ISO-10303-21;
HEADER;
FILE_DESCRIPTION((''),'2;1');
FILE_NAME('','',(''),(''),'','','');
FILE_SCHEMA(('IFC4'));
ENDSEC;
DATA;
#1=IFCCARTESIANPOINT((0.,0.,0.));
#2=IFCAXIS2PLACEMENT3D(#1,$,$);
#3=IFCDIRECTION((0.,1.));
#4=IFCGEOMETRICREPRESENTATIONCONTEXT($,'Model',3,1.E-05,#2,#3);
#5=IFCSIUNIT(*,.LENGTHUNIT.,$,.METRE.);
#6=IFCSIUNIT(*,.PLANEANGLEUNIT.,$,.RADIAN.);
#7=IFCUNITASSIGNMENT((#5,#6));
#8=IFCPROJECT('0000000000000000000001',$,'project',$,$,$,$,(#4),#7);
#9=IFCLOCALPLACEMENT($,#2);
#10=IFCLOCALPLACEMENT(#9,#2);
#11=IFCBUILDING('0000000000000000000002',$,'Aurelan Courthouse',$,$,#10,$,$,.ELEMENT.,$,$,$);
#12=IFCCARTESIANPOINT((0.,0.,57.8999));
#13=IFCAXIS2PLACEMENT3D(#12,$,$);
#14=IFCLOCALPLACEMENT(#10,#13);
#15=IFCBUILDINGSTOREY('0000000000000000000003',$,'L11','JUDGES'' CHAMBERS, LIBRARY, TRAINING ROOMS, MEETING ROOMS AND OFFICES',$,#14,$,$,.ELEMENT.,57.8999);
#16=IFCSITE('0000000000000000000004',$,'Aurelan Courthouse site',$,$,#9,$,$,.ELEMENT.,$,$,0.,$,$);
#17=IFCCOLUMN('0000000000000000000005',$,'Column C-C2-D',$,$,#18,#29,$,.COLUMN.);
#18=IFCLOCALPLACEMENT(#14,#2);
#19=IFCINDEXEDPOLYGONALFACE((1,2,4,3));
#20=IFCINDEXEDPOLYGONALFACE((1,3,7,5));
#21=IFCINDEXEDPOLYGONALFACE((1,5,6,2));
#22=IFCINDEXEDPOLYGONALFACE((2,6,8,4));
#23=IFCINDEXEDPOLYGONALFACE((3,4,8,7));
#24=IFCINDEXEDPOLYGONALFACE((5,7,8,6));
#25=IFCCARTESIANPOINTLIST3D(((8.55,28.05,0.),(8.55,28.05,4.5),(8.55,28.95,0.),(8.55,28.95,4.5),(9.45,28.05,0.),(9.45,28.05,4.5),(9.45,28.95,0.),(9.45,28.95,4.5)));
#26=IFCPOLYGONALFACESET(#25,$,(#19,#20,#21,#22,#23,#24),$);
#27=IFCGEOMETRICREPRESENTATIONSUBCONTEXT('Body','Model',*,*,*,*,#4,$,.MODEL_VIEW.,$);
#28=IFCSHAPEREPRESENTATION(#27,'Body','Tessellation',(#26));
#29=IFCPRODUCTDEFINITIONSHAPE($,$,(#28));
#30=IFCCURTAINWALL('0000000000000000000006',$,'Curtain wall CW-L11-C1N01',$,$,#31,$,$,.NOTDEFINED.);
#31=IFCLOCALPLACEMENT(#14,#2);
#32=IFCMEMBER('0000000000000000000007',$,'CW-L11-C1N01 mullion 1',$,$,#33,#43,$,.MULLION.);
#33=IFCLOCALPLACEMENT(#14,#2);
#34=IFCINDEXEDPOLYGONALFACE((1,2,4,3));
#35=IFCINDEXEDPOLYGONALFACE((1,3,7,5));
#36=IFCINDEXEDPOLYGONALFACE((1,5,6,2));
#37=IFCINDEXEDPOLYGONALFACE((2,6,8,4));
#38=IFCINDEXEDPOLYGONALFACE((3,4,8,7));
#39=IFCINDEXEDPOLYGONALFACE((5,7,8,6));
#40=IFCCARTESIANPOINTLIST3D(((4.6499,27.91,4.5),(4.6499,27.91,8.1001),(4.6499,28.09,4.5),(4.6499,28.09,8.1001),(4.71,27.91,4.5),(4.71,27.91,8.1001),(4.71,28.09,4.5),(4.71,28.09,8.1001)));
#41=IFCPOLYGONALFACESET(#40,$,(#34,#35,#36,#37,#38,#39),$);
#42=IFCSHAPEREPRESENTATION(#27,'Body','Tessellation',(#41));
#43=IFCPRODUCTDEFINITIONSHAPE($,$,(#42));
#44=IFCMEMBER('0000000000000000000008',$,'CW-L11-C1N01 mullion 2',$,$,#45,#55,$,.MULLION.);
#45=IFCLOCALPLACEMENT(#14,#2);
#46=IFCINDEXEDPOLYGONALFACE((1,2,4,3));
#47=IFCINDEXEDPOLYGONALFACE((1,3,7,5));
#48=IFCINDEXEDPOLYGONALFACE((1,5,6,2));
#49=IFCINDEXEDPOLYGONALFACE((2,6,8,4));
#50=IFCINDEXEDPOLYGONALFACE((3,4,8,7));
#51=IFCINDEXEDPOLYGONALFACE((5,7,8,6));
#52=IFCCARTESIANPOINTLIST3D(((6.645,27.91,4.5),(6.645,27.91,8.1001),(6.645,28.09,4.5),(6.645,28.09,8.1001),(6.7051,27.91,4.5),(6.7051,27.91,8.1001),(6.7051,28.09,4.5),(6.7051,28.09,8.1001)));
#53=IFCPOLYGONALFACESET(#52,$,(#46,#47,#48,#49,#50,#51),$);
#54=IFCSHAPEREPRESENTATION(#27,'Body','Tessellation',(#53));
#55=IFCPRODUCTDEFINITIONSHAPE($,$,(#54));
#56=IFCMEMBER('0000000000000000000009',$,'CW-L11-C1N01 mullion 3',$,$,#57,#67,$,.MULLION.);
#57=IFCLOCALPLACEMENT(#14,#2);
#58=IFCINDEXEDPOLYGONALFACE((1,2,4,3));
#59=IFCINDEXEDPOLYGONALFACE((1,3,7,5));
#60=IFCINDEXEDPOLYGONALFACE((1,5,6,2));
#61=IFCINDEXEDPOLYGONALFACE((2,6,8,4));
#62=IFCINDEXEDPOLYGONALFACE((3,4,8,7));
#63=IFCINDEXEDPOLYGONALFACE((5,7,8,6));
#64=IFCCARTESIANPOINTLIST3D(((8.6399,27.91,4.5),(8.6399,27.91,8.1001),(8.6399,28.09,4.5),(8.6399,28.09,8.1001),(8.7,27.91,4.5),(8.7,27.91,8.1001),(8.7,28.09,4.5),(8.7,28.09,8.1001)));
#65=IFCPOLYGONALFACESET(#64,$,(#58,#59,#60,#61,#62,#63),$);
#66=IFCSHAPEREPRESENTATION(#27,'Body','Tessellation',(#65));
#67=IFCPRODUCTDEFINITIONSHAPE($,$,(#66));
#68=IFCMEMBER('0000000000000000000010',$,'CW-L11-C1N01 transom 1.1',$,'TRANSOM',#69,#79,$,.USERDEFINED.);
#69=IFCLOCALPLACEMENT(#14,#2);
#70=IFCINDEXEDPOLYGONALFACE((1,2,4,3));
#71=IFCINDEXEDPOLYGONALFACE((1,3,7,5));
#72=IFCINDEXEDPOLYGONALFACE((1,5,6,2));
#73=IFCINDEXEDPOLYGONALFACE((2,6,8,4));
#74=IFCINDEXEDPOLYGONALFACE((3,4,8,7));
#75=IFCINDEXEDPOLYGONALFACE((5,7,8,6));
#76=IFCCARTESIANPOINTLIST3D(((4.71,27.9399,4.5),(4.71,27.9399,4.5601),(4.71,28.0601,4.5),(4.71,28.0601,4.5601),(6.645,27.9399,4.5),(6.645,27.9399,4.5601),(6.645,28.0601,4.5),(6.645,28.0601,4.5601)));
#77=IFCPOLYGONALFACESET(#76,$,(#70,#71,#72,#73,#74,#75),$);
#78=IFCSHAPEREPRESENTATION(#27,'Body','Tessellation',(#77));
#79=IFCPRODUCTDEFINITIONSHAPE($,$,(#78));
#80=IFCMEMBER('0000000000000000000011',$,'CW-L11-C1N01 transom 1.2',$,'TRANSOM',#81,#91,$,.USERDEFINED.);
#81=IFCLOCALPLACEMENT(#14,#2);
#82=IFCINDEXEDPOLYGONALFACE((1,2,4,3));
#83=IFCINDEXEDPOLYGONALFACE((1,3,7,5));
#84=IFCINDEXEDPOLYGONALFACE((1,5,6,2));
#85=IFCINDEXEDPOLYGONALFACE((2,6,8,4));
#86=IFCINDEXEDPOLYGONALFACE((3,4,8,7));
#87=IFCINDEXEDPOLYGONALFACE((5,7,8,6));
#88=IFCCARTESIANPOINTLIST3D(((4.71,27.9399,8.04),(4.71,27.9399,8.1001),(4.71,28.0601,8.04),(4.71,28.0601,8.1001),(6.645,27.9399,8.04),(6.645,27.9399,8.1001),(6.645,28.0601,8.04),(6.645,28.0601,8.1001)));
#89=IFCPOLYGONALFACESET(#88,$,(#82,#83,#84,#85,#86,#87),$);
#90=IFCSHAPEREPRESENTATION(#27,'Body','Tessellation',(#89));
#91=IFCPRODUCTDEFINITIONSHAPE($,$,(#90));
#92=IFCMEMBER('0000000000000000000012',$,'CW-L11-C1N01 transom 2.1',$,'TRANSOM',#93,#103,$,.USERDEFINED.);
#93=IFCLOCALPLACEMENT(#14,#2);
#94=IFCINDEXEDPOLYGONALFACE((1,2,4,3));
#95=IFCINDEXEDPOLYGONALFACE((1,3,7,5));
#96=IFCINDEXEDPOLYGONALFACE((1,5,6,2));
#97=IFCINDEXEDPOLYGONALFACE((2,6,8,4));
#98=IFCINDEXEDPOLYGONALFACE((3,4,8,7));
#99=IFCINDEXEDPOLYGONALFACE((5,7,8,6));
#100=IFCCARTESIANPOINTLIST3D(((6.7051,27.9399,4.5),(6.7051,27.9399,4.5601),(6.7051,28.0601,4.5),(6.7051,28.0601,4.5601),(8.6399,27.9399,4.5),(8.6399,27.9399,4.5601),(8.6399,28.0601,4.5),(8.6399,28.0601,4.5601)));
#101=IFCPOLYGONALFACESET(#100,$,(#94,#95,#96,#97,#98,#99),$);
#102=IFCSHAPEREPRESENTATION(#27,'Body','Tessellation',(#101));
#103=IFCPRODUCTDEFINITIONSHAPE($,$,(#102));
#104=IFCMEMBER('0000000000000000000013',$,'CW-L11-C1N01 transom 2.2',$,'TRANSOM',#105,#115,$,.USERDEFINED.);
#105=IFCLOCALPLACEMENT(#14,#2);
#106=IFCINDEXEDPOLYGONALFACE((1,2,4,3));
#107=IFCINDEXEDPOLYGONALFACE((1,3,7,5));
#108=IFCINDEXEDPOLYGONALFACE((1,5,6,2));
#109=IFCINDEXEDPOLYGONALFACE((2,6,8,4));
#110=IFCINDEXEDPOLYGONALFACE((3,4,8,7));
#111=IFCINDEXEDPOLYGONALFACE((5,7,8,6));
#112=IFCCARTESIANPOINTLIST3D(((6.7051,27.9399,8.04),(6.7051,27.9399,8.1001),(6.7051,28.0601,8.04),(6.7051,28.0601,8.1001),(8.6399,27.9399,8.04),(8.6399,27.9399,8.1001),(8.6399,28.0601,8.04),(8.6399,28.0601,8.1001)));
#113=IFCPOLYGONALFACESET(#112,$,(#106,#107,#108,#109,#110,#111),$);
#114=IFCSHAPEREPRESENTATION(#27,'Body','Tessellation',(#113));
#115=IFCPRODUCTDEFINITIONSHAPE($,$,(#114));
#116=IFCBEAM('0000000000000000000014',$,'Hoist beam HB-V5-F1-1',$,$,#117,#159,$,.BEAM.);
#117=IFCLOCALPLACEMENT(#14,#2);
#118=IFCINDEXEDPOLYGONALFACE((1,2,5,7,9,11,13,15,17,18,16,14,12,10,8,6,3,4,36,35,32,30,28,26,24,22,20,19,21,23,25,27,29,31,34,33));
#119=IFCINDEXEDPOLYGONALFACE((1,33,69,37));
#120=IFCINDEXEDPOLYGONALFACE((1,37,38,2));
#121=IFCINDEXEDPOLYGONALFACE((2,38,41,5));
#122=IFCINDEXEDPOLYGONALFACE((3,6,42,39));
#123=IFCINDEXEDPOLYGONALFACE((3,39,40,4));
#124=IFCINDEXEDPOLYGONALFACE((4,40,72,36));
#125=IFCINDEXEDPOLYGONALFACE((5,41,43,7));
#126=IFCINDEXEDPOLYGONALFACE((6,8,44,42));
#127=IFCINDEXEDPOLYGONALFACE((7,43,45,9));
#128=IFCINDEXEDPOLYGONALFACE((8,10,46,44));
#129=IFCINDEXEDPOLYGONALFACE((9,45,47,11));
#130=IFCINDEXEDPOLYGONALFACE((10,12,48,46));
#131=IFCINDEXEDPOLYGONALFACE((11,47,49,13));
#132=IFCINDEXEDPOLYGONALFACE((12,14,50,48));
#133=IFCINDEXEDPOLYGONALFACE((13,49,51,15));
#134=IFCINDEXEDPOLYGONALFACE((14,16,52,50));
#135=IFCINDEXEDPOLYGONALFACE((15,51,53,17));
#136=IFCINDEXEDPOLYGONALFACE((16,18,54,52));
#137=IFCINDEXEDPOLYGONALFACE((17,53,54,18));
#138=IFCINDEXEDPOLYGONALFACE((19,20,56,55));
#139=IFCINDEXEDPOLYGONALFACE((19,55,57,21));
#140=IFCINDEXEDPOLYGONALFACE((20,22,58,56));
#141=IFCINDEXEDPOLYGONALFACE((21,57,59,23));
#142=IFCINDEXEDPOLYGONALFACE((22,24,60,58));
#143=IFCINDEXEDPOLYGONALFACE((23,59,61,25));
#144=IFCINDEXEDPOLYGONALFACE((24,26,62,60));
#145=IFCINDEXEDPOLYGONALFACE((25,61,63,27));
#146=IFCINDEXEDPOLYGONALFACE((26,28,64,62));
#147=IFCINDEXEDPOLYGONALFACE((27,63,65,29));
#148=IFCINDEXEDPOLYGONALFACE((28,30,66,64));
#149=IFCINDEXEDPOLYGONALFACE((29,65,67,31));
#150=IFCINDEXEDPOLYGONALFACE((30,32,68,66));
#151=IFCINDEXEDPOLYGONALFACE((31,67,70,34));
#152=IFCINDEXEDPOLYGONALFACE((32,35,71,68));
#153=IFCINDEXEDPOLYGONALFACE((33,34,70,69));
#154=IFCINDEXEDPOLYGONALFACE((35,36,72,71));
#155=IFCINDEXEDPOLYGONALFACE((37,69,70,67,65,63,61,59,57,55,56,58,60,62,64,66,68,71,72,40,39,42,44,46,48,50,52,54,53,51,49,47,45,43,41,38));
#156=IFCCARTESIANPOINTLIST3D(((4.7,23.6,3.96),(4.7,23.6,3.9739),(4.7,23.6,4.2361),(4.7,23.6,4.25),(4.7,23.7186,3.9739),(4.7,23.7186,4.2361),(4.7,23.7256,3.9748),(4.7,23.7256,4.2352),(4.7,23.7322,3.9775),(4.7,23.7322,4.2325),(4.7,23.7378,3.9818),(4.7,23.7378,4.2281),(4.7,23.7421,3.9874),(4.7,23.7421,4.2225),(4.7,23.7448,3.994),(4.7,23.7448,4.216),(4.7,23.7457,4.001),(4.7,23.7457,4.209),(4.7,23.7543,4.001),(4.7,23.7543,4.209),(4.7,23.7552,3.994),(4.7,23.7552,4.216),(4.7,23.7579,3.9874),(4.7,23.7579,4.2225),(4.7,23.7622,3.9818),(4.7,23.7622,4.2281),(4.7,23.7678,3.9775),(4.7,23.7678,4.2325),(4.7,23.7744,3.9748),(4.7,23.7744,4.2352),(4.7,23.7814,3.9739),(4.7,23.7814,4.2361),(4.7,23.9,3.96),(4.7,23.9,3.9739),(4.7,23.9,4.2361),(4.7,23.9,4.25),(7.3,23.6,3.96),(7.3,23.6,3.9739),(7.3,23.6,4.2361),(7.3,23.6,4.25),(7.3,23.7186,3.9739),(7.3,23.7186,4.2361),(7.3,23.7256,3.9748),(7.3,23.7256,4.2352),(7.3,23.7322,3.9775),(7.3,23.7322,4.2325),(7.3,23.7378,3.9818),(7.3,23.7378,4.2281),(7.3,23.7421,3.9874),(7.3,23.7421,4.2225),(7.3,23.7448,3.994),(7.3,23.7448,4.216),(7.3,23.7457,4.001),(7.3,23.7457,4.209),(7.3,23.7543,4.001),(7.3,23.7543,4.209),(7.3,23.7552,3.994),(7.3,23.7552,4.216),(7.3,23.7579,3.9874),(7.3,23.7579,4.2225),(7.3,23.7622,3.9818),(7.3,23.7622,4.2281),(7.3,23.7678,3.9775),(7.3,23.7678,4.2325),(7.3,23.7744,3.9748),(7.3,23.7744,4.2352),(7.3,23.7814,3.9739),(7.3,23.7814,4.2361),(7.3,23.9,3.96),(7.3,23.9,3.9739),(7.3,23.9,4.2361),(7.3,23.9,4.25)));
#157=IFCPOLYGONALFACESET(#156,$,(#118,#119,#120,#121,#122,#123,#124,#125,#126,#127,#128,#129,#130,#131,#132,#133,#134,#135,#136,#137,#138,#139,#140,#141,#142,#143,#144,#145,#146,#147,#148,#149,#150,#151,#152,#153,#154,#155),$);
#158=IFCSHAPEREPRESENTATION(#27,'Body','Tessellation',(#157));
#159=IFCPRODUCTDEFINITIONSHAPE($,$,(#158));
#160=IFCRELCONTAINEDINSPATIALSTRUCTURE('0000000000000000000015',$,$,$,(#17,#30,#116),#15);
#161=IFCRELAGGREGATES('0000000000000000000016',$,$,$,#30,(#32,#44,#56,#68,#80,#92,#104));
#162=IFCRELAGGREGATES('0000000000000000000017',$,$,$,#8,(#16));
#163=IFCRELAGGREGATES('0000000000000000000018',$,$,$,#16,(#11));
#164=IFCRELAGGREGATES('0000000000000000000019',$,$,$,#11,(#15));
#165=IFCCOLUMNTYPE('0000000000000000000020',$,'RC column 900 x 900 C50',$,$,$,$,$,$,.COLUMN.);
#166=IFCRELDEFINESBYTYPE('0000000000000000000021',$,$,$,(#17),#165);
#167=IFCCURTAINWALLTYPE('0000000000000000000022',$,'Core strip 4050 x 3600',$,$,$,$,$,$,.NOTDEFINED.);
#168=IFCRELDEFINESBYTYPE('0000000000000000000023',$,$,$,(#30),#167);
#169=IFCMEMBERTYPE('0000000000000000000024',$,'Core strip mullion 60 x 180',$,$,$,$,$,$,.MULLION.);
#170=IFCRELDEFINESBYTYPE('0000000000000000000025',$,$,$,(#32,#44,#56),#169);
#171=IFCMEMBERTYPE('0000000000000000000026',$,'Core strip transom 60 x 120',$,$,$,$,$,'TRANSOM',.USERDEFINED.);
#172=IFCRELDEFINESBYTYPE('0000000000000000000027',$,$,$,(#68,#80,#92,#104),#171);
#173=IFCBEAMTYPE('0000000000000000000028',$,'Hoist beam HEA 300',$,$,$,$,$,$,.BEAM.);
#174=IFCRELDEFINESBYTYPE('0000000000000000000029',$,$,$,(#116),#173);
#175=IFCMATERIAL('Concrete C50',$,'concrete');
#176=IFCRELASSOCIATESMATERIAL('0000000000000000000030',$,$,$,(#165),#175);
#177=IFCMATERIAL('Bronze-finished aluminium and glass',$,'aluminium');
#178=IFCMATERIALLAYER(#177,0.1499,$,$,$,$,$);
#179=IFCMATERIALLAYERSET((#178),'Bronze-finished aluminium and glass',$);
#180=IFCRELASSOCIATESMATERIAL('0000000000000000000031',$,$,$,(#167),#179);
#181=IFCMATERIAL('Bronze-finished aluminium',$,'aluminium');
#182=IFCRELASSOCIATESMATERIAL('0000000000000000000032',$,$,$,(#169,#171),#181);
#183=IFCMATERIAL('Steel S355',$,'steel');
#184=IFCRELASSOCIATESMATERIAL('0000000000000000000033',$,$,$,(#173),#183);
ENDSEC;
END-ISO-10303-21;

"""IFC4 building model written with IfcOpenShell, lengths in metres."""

from ifc_helpers import new_model, si_unit, direction, frame, origin, origin_2d, place, context, subcontext, project, spatial, rectangle, i_section, extrude, material, layer, layer_set, material_profile, profile_set, type_object, element, aggregate, save


model = new_model("IFC4")

# Units and contexts
model_context = context("Model", 3, precision=1e-05, world=origin(), true_north=direction((0.0, 1.0)))
body_context = subcontext(model_context, "Body", "Model", "MODEL_VIEW")
ifc_project = project(units=[si_unit("LENGTHUNIT", "METRE"), si_unit("PLANEANGLEUNIT", "RADIAN")], contexts=[model_context])

# Site, building, storey
site_placement = place(None, origin())
site = spatial("IfcSite", under=ifc_project, at=site_placement, Name="Aurelan Courthouse site", CompositionType="ELEMENT", RefElevation=0.0)
building_placement = place(site_placement, origin())
building = spatial("IfcBuilding", under=site, at=building_placement, Name="Aurelan Courthouse", CompositionType="ELEMENT")
storey_placement = place(building_placement, frame((0.0, 0.0, 57.8999)))
storey = spatial("IfcBuildingStorey", under=building, at=storey_placement, Name="L11", Description="JUDGES' CHAMBERS, LIBRARY, TRAINING ROOMS, MEETING ROOMS AND OFFICES", CompositionType="ELEMENT", Elevation=57.8999)

# Column
ifc_material_1 = material(Name="Concrete C50", Category="concrete")
ifc_material_profile_1 = material_profile(ifc_material_1, rectangle(XDim=0.8999, YDim=0.8999, at=origin_2d()), Name="RC 900 x 900")
ifc_profile_set_1 = profile_set([ifc_material_profile_1], Name="Concrete C50")
column_type = type_object("IfcColumnType", Name="RC column 900 x 900 C50", PredefinedType="COLUMN", material=ifc_profile_set_1)
column_placement = place(storey_placement, frame((9.0, 28.5, 0.0), z_axis=(0.0, 0.0, 1.0), x_axis=(1.0, 0.0, 0.0)))
element("IfcColumn", 1, at=column_placement, inside=storey, type_object=column_type, Name="Column C-C2-D", PredefinedType="COLUMN", context=body_context, shape_type="SweptSolid", body=[
    extrude(rectangle(XDim=0.8999, YDim=0.8999, at=origin_2d()), origin(), (0.0, 0.0, 1.0), 4.5),
])

# Curtain wall, members
ifc_material_2 = material(Name="Bronze-finished aluminium and glass", Category="aluminium")
ifc_layer_1 = layer(ifc_material_2, 0.1499)
ifc_layer_set_1 = layer_set([ifc_layer_1], Name="Bronze-finished aluminium and glass")
curtain_wall_type = type_object("IfcCurtainWallType", Name="Core strip 4050 x 3600", PredefinedType="NOTDEFINED", material=ifc_layer_set_1)
curtain_wall_placement = place(storey_placement, origin())
curtain_wall = element("IfcCurtainWall", 2, at=curtain_wall_placement, inside=storey, type_object=curtain_wall_type, Name="Curtain wall CW-L11-C1N01", PredefinedType="NOTDEFINED")
ifc_material_3 = material(Name="Bronze-finished aluminium", Category="aluminium")
ifc_material_profile_2 = material_profile(ifc_material_3, rectangle(XDim=0.1799, YDim=0.0601, at=origin_2d()), Name="Core strip mullion 60 x 180")
ifc_profile_set_2 = profile_set([ifc_material_profile_2], Name="Bronze-finished aluminium")
member_type_1 = type_object("IfcMemberType", Name="Core strip mullion 60 x 180", PredefinedType="MULLION", material=ifc_profile_set_2)
member_1_placement = place(storey_placement, frame((4.6799, 28.0, 4.5), z_axis=(0.0, 0.0, 1.0), x_axis=(0.0, 1.0, 0.0)))
member_1 = element("IfcMember", 3, at=member_1_placement, type_object=member_type_1, Name="CW-L11-C1N01 mullion 1", PredefinedType="MULLION", context=body_context, shape_type="SweptSolid", body=[
    extrude(rectangle(XDim=0.1799, YDim=0.0601, at=origin_2d()), origin(), (0.0, 0.0, 1.0), 3.6001),
])
member_2_placement = place(storey_placement, frame((6.675, 28.0, 4.5), z_axis=(0.0, 0.0, 1.0), x_axis=(0.0, 1.0, 0.0)))
member_2 = element("IfcMember", 4, at=member_2_placement, type_object=member_type_1, Name="CW-L11-C1N01 mullion 2", PredefinedType="MULLION", context=body_context, shape_type="SweptSolid", body=[
    extrude(rectangle(XDim=0.1799, YDim=0.0601, at=origin_2d()), origin(), (0.0, 0.0, 1.0), 3.6001),
])
member_3_placement = place(storey_placement, frame((8.6699, 28.0, 4.5), z_axis=(0.0, 0.0, 1.0), x_axis=(0.0, 1.0, 0.0)))
member_3 = element("IfcMember", 5, at=member_3_placement, type_object=member_type_1, Name="CW-L11-C1N01 mullion 3", PredefinedType="MULLION", context=body_context, shape_type="SweptSolid", body=[
    extrude(rectangle(XDim=0.1799, YDim=0.0601, at=origin_2d()), origin(), (0.0, 0.0, 1.0), 3.6001),
])
ifc_material_profile_3 = material_profile(ifc_material_3, rectangle(XDim=0.1201, YDim=0.0601, at=origin_2d()), Name="Core strip transom 60 x 120")
ifc_profile_set_3 = profile_set([ifc_material_profile_3], Name="Bronze-finished aluminium")
member_type_2 = type_object("IfcMemberType", Name="Core strip transom 60 x 120", ElementType="TRANSOM", PredefinedType="USERDEFINED", material=ifc_profile_set_3)
member_4_placement = place(storey_placement, frame((4.71, 28.0, 4.53), z_axis=(1.0, 0.0, 0.0), x_axis=(0.0, 1.0, 0.0)))
member_4 = element("IfcMember", 6, at=member_4_placement, type_object=member_type_2, Name="CW-L11-C1N01 transom 1.1", ObjectType="TRANSOM", PredefinedType="USERDEFINED", context=body_context, shape_type="SweptSolid", body=[
    extrude(rectangle(XDim=0.1201, YDim=0.0601, at=origin_2d()), origin(), (0.0, 0.0, 1.0), 1.9351),
])
member_5_placement = place(storey_placement, frame((4.71, 28.0, 8.0701), z_axis=(1.0, 0.0, 0.0), x_axis=(0.0, 1.0, 0.0)))
member_5 = element("IfcMember", 7, at=member_5_placement, type_object=member_type_2, Name="CW-L11-C1N01 transom 1.2", ObjectType="TRANSOM", PredefinedType="USERDEFINED", context=body_context, shape_type="SweptSolid", body=[
    extrude(rectangle(XDim=0.1201, YDim=0.0601, at=origin_2d()), origin(), (0.0, 0.0, 1.0), 1.9351),
])
member_6_placement = place(storey_placement, frame((6.7051, 28.0, 4.53), z_axis=(1.0, 0.0, 0.0), x_axis=(0.0, 1.0, 0.0)))
member_6 = element("IfcMember", 8, at=member_6_placement, type_object=member_type_2, Name="CW-L11-C1N01 transom 2.1", ObjectType="TRANSOM", PredefinedType="USERDEFINED", context=body_context, shape_type="SweptSolid", body=[
    extrude(rectangle(XDim=0.1201, YDim=0.0601, at=origin_2d()), origin(), (0.0, 0.0, 1.0), 1.9348),
])
member_7_placement = place(storey_placement, frame((6.7051, 28.0, 8.0701), z_axis=(1.0, 0.0, 0.0), x_axis=(0.0, 1.0, 0.0)))
member_7 = element("IfcMember", 9, at=member_7_placement, type_object=member_type_2, Name="CW-L11-C1N01 transom 2.2", ObjectType="TRANSOM", PredefinedType="USERDEFINED", context=body_context, shape_type="SweptSolid", body=[
    extrude(rectangle(XDim=0.1201, YDim=0.0601, at=origin_2d()), origin(), (0.0, 0.0, 1.0), 1.9348),
])

# Beam
ifc_material_4 = material(Name="Steel S355", Category="steel")
ifc_material_profile_4 = material_profile(ifc_material_4, i_section(OverallWidth=0.3, OverallDepth=0.29, WebThickness=0.0085, FlangeThickness=0.0139, FilletRadius=0.0271, at=origin_2d()), Name="HEA 300")
ifc_profile_set_4 = profile_set([ifc_material_profile_4], Name="Steel S355")
beam_type_1 = type_object("IfcBeamType", Name="Hoist beam HEA 300", PredefinedType="BEAM", material=ifc_profile_set_4)
for number, where, z_axis, x_axis, name in (
    (10, (4.7, 23.75, 4.105), (1.0, 0.0, 0.0), (0.0, 1.0, 0.0), "Hoist beam HB-V5-F1-1"),
):
    element("IfcBeam", number, at=place(storey_placement, frame(where, z_axis=z_axis, x_axis=x_axis)), inside=storey, type_object=beam_type_1, Name=name, PredefinedType="BEAM", context=body_context, shape_type="SweptSolid", body=[
        extrude(i_section(OverallWidth=0.3, OverallDepth=0.29, WebThickness=0.0085, FlangeThickness=0.0139, FilletRadius=0.0271, at=origin_2d()), origin(), (0.0, 0.0, 1.0), 2.6001),
    ])

aggregate(curtain_wall, [member_1, member_2, member_3, member_4, member_5, member_6, member_7])

save(model, "model.ifc")
